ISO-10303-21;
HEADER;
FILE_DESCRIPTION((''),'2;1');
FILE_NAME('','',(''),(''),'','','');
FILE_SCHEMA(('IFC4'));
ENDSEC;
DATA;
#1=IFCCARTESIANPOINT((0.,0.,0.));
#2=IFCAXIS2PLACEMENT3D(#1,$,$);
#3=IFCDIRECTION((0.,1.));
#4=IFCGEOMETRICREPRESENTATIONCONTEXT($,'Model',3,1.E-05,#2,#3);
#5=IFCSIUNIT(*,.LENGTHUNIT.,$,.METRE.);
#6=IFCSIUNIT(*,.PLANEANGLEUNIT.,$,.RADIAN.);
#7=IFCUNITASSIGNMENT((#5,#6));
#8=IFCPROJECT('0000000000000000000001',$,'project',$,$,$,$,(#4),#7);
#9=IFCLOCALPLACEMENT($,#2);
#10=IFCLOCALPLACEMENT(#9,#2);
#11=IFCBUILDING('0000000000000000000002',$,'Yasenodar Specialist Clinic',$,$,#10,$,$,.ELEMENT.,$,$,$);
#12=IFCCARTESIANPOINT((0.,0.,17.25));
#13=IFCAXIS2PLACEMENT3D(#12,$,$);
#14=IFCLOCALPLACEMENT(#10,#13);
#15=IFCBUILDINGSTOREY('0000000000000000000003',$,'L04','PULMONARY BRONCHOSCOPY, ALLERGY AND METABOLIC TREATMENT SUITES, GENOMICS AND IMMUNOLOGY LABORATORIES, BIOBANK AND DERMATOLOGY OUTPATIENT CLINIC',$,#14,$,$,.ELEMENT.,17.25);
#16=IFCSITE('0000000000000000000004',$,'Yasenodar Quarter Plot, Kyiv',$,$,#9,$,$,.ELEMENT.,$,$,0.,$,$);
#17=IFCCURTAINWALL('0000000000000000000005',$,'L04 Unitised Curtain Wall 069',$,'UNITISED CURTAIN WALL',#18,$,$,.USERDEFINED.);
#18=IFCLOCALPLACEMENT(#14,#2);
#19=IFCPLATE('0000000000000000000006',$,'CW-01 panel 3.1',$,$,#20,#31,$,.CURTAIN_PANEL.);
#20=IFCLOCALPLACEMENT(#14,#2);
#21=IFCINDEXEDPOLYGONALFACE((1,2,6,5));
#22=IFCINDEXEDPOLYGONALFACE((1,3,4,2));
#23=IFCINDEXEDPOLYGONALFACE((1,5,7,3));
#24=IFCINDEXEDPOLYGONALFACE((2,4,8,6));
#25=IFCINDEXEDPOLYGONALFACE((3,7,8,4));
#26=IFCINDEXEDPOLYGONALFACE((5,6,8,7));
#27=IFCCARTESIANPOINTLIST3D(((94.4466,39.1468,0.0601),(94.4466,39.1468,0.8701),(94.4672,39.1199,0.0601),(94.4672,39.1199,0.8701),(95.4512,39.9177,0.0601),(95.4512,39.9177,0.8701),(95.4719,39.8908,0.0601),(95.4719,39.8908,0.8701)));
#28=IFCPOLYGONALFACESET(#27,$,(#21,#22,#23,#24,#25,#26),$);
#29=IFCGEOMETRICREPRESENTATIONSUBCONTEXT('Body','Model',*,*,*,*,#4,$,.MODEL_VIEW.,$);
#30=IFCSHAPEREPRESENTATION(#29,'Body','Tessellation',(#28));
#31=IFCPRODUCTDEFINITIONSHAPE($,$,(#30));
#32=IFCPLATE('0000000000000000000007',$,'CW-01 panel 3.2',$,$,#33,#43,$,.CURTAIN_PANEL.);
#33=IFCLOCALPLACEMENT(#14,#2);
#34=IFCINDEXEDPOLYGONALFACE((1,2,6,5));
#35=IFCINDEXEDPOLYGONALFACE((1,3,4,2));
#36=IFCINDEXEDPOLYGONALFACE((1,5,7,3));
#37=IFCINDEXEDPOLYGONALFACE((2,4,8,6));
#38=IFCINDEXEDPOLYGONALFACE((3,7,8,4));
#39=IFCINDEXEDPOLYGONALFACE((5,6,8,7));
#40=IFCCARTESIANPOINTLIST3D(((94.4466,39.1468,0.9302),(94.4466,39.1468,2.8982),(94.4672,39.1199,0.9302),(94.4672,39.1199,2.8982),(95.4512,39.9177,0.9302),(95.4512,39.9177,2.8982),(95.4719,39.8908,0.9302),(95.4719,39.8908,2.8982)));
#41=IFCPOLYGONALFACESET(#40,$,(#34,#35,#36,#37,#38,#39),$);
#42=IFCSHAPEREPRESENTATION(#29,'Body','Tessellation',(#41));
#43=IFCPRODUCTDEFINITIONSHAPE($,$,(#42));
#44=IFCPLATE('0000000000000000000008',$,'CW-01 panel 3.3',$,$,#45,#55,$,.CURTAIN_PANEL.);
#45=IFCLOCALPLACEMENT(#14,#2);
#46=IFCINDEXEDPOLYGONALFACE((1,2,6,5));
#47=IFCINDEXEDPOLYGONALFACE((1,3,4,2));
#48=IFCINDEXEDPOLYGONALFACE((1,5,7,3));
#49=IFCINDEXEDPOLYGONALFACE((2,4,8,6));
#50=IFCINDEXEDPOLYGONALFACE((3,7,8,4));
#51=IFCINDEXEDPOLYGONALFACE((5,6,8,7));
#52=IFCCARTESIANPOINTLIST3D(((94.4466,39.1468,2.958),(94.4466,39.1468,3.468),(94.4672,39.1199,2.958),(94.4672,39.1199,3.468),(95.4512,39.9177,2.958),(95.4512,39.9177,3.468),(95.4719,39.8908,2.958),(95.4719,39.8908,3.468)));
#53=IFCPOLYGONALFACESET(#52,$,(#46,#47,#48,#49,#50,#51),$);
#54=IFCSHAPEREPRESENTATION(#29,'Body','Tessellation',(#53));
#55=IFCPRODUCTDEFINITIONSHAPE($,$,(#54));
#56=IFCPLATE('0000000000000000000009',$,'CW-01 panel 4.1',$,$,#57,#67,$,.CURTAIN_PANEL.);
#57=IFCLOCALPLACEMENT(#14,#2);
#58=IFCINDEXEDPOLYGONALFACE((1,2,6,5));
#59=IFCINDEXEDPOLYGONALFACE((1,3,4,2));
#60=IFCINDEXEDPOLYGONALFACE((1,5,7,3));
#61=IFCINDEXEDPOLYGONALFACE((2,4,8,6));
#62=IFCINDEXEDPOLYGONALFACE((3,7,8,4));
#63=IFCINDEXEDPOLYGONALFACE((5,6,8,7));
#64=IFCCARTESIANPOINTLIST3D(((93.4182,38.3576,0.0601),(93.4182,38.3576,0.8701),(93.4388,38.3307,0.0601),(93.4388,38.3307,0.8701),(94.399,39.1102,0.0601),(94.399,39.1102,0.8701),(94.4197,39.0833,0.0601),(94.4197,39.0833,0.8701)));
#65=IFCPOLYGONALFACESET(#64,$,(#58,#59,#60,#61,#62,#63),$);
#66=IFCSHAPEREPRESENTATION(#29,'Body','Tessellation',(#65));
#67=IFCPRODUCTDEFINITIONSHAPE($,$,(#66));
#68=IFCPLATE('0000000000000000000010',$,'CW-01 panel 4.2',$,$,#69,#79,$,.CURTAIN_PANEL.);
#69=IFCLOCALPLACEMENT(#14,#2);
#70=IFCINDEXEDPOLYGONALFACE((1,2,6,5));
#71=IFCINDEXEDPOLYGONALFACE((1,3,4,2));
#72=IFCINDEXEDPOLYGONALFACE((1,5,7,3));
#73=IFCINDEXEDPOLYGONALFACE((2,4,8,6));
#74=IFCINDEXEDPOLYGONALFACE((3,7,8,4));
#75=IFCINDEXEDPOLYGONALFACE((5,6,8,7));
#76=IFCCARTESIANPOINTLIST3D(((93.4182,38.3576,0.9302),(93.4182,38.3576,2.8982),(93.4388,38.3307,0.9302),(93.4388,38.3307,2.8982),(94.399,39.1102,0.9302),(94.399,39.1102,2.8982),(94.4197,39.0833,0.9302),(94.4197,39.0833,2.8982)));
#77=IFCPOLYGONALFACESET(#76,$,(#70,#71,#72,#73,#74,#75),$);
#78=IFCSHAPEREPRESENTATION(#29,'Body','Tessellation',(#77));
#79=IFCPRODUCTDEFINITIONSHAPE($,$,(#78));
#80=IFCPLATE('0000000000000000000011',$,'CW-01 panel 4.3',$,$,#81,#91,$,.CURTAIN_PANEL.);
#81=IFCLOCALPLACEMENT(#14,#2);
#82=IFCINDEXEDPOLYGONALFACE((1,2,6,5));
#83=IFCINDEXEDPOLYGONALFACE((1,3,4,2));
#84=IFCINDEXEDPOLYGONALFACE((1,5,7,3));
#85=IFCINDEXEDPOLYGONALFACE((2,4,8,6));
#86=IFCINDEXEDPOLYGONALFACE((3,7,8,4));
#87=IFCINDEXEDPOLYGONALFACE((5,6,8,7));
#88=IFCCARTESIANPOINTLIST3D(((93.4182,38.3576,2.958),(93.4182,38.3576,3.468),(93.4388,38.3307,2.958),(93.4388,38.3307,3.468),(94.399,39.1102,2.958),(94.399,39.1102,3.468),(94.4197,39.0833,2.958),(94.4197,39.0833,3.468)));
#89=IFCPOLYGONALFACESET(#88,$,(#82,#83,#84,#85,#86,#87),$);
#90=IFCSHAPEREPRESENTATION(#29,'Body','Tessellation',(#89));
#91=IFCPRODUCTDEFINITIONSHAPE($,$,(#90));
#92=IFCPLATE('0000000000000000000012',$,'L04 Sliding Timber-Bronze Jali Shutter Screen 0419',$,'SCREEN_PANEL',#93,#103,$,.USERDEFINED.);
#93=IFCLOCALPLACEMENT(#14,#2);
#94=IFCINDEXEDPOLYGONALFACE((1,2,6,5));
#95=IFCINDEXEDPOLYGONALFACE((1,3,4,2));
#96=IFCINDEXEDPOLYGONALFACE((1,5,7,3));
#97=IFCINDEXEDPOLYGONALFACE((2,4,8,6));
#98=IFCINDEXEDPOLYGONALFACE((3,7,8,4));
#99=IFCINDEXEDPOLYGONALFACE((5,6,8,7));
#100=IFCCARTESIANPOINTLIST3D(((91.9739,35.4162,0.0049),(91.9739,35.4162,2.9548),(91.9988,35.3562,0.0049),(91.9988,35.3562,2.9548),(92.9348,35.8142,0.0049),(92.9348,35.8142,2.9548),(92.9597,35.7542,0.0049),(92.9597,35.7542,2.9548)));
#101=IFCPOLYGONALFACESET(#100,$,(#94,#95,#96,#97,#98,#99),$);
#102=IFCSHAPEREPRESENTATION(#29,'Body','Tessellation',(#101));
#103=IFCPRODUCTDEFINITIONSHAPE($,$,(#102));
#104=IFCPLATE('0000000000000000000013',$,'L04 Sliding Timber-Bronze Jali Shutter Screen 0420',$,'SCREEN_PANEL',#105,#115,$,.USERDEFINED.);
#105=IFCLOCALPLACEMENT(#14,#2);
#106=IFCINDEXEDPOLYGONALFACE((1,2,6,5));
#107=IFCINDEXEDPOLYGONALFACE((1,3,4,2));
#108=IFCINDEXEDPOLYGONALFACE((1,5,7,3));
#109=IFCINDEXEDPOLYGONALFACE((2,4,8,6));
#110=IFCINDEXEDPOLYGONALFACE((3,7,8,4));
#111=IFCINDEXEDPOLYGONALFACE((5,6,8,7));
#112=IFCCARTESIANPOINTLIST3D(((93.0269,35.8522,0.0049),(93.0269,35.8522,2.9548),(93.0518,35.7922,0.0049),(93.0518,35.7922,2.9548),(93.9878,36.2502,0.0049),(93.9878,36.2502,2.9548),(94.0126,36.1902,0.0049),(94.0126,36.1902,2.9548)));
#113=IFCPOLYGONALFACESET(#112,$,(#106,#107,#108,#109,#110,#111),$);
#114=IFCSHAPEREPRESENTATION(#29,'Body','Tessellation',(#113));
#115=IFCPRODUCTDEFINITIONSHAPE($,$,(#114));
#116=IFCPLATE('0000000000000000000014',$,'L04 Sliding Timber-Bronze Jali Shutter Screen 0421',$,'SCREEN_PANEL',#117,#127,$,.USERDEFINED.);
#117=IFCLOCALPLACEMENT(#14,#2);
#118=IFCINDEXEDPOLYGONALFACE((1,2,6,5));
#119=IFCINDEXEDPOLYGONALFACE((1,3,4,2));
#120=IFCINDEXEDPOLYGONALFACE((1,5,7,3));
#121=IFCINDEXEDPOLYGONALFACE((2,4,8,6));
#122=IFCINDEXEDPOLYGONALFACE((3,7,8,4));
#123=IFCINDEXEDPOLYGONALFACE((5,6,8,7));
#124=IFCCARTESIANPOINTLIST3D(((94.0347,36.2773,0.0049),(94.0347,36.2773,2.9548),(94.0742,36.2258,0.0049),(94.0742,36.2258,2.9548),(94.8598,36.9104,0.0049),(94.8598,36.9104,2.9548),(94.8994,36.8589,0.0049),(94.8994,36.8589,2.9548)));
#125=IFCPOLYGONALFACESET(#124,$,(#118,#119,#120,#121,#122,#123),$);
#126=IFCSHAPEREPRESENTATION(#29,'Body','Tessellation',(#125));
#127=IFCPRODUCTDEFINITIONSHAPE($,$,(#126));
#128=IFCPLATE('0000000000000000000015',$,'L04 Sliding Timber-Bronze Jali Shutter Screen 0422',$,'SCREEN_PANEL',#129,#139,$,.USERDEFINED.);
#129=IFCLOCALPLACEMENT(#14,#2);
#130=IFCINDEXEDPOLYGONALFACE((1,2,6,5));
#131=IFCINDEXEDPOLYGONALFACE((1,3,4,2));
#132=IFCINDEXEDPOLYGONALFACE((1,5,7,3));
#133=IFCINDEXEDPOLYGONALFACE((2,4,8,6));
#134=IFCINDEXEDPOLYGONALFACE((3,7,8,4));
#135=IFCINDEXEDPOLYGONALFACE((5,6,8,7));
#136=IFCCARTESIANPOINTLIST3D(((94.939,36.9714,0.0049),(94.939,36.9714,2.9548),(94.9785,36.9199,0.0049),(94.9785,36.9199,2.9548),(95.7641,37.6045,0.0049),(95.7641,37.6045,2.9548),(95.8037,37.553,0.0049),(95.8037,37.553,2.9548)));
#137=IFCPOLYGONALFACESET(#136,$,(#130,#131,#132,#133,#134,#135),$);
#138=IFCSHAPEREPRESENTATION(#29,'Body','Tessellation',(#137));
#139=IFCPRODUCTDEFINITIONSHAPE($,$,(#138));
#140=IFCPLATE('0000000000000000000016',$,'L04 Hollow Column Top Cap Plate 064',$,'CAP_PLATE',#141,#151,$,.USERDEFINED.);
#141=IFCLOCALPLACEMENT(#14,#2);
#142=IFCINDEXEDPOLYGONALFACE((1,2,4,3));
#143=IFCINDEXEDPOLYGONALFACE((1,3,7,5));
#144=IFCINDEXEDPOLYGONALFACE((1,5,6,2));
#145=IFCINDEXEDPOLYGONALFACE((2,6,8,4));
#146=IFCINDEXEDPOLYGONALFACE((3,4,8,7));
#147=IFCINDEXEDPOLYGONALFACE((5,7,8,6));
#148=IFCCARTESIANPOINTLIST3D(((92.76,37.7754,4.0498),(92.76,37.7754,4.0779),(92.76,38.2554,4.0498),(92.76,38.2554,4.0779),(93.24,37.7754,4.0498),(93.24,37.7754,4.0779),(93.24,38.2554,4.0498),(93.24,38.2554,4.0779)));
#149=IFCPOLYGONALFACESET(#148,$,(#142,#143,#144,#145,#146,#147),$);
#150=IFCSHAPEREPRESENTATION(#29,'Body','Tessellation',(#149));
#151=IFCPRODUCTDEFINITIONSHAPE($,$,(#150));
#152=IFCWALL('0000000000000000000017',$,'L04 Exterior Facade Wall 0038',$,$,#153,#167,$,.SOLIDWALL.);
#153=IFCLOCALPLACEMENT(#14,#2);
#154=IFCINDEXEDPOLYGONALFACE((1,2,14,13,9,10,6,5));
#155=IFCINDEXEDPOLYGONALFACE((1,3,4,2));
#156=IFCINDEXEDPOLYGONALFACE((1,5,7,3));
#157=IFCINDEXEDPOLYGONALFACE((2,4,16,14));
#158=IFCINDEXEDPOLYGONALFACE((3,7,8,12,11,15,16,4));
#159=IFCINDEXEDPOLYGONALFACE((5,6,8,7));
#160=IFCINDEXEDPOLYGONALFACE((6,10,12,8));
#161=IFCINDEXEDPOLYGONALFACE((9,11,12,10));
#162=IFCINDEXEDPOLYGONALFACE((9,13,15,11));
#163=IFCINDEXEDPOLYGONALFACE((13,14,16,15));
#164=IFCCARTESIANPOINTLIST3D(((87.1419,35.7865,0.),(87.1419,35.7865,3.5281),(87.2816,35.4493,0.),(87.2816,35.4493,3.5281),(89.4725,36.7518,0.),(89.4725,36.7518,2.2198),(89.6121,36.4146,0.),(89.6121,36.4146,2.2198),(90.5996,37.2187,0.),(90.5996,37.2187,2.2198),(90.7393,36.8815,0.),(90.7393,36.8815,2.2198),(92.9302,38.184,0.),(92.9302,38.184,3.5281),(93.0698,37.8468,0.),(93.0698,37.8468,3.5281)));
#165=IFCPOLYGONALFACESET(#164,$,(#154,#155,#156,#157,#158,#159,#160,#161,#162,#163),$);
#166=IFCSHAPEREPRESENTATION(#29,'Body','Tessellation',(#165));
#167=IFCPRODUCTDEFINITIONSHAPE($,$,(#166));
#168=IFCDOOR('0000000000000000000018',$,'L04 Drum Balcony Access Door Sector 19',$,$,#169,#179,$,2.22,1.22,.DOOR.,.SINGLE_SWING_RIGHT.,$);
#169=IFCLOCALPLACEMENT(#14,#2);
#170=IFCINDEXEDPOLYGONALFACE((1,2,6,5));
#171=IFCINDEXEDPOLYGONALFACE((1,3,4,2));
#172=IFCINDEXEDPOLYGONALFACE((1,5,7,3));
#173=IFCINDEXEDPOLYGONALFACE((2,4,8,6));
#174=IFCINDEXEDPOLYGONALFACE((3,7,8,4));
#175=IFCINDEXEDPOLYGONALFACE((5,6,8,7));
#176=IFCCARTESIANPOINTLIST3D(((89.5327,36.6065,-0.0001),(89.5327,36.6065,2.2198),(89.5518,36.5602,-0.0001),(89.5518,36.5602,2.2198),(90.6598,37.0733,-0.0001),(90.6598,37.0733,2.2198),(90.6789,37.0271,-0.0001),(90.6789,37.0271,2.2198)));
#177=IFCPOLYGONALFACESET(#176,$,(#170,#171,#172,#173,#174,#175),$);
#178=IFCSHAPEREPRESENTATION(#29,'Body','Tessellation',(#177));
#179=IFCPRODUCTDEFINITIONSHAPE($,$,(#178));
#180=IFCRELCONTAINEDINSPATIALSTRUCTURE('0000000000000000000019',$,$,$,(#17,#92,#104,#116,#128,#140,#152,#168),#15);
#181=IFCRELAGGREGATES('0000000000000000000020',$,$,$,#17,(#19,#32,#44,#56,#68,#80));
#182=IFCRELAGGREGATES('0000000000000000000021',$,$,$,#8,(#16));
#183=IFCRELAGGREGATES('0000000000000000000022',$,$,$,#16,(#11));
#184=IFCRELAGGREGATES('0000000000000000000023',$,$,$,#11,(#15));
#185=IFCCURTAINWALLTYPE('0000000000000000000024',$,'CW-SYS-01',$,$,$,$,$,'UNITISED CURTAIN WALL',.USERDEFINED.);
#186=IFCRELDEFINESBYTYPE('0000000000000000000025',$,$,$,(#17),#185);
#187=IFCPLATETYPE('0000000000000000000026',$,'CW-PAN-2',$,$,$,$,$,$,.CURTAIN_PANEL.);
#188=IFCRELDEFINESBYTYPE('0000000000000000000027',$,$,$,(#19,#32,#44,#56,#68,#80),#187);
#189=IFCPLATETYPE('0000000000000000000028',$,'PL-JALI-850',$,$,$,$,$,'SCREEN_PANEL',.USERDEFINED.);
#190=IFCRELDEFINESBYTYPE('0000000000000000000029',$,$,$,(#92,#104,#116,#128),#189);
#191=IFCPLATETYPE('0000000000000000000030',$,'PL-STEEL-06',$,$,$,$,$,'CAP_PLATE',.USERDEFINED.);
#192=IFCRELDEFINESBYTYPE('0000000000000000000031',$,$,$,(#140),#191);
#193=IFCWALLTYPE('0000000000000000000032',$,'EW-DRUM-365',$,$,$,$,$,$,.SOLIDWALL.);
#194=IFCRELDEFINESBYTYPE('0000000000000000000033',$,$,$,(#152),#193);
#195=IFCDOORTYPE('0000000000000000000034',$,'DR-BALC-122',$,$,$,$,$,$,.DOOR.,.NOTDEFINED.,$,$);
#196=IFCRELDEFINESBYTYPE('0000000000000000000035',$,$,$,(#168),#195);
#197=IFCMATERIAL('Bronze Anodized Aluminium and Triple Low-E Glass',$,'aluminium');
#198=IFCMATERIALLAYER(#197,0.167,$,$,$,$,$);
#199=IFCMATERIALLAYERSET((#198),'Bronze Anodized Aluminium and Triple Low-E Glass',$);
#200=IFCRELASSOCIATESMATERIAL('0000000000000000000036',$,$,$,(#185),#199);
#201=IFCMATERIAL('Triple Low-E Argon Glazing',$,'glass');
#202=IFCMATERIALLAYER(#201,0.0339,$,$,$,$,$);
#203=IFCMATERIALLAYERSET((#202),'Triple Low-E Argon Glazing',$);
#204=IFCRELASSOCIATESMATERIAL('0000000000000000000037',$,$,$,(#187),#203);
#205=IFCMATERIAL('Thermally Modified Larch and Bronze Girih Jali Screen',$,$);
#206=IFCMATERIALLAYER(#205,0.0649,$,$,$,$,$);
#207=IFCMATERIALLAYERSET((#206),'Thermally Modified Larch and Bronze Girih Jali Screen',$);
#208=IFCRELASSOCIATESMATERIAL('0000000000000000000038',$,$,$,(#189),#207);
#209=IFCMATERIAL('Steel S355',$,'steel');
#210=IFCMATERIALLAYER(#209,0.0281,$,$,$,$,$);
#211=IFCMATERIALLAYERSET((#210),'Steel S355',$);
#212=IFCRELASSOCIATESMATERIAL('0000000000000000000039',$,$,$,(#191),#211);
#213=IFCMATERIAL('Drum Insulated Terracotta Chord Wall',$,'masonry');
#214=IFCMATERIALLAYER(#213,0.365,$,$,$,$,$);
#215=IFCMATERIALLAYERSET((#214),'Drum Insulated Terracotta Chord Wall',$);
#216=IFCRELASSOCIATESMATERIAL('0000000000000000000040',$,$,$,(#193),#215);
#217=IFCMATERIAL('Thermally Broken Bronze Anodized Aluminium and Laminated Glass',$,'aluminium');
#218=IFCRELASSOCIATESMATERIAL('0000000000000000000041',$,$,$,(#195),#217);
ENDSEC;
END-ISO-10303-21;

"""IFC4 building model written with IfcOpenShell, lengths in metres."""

from ifc_helpers import new_model, si_unit, direction, frame, frame_2d, origin, origin_2d, place, context, subcontext, project, spatial, rectangle, extrude, material, layer, layer_set, type_object, element, fill, aggregate, save


model = new_model("IFC4")

# Units and contexts
model_context = context("Model", 3, precision=1e-05, world=origin(), true_north=direction((0.0, 1.0)))
body_context = subcontext(model_context, "Body", "Model", "MODEL_VIEW")
ifc_project = project(units=[si_unit("LENGTHUNIT", "METRE"), si_unit("PLANEANGLEUNIT", "RADIAN")], contexts=[model_context])

# Site, building, storey
site_placement = place(None, origin())
site = spatial("IfcSite", under=ifc_project, at=site_placement, Name="Yasenodar Quarter Plot, Kyiv", CompositionType="ELEMENT", RefElevation=0.0)
building_placement = place(site_placement, origin())
building = spatial("IfcBuilding", under=site, at=building_placement, Name="Yasenodar Specialist Clinic", CompositionType="ELEMENT")
storey_placement = place(building_placement, frame((0.0, 0.0, 17.25)))
storey = spatial("IfcBuildingStorey", under=building, at=storey_placement, Name="L04", Description="PULMONARY BRONCHOSCOPY, ALLERGY AND METABOLIC TREATMENT SUITES, GENOMICS AND IMMUNOLOGY LABORATORIES, BIOBANK AND DERMATOLOGY OUTPATIENT CLINIC", CompositionType="ELEMENT", Elevation=17.25)

# Shared definitions
ifc_material_1 = material(Name="Steel S355", Category="steel")

# Curtain wall, plates
ifc_material_2 = material(Name="Bronze Anodized Aluminium and Triple Low-E Glass", Category="aluminium")
ifc_layer_1 = layer(ifc_material_2, 0.167)
ifc_layer_set_1 = layer_set([ifc_layer_1], Name="Bronze Anodized Aluminium and Triple Low-E Glass")
curtain_wall_type = type_object("IfcCurtainWallType", Name="CW-SYS-01", ElementType="UNITISED CURTAIN WALL", PredefinedType="USERDEFINED", material=ifc_layer_set_1)
curtain_wall_placement = place(storey_placement, origin())
curtain_wall = element("IfcCurtainWall", 1, at=curtain_wall_placement, inside=storey, type_object=curtain_wall_type, Name="L04 Unitised Curtain Wall 069", ObjectType="UNITISED CURTAIN WALL", PredefinedType="USERDEFINED")
ifc_material_3 = material(Name="Triple Low-E Argon Glazing", Category="glass")
ifc_layer_2 = layer(ifc_material_3, 0.0339)
ifc_layer_set_2 = layer_set([ifc_layer_2], Name="Triple Low-E Argon Glazing")
plate_type_1 = type_object("IfcPlateType", Name="CW-PAN-2", PredefinedType="CURTAIN_PANEL", material=ifc_layer_set_2)
plate_1_placement = place(storey_placement, frame((94.9592, 39.5188, 0.0601), z_axis=(0.0, 0.0, 1.0), x_axis=(-0.793361, -0.608752, 0.0)))
plate_1 = element("IfcPlate", 2, at=plate_1_placement, type_object=plate_type_1, Name="CW-01 panel 3.1", PredefinedType="CURTAIN_PANEL", context=body_context, shape_type="SweptSolid", body=[
    extrude(rectangle(XDim=1.2664, YDim=0.0339, at=origin_2d()), origin(), (0.0, 0.0, 1.0), 0.8101),
])
plate_2_placement = place(storey_placement, frame((94.9592, 39.5188, 0.9302), z_axis=(0.0, 0.0, 1.0), x_axis=(-0.793361, -0.608752, 0.0)))
plate_2 = element("IfcPlate", 3, at=plate_2_placement, type_object=plate_type_1, Name="CW-01 panel 3.2", PredefinedType="CURTAIN_PANEL", context=body_context, shape_type="SweptSolid", body=[
    extrude(rectangle(XDim=1.2664, YDim=0.0339, at=origin_2d()), origin(), (0.0, 0.0, 1.0), 1.968),
])
plate_3_placement = place(storey_placement, frame((94.9592, 39.5188, 2.958), z_axis=(0.0, 0.0, 1.0), x_axis=(-0.793361, -0.608752, 0.0)))
plate_3 = element("IfcPlate", 4, at=plate_3_placement, type_object=plate_type_1, Name="CW-01 panel 3.3", PredefinedType="CURTAIN_PANEL", context=body_context, shape_type="SweptSolid", body=[
    extrude(rectangle(XDim=1.2664, YDim=0.0339, at=origin_2d()), origin(), (0.0, 0.0, 1.0), 0.51),
])
plate_4_placement = place(storey_placement, frame((93.9189, 38.7205, 0.0601), z_axis=(0.0, 0.0, 1.0), x_axis=(-0.793361, -0.608752, 0.0)))
plate_4 = element("IfcPlate", 5, at=plate_4_placement, type_object=plate_type_1, Name="CW-01 panel 4.1", PredefinedType="CURTAIN_PANEL", context=body_context, shape_type="SweptSolid", body=[
    extrude(rectangle(XDim=1.2363, YDim=0.0339, at=origin_2d()), origin(), (0.0, 0.0, 1.0), 0.8101),
])
plate_5_placement = place(storey_placement, frame((93.9189, 38.7205, 0.9302), z_axis=(0.0, 0.0, 1.0), x_axis=(-0.793361, -0.608752, 0.0)))
plate_5 = element("IfcPlate", 6, at=plate_5_placement, type_object=plate_type_1, Name="CW-01 panel 4.2", PredefinedType="CURTAIN_PANEL", context=body_context, shape_type="SweptSolid", body=[
    extrude(rectangle(XDim=1.2363, YDim=0.0339, at=origin_2d()), origin(), (0.0, 0.0, 1.0), 1.968),
])
plate_6_placement = place(storey_placement, frame((93.9189, 38.7205, 2.958), z_axis=(0.0, 0.0, 1.0), x_axis=(-0.793361, -0.608752, 0.0)))
plate_6 = element("IfcPlate", 7, at=plate_6_placement, type_object=plate_type_1, Name="CW-01 panel 4.3", PredefinedType="CURTAIN_PANEL", context=body_context, shape_type="SweptSolid", body=[
    extrude(rectangle(XDim=1.2363, YDim=0.0339, at=origin_2d()), origin(), (0.0, 0.0, 1.0), 0.51),
])
aggregate(curtain_wall, [plate_1, plate_2, plate_3, plate_4, plate_5, plate_6])

# Plates
ifc_material_4 = material(Name="Thermally Modified Larch and Bronze Girih Jali Screen")
ifc_layer_3 = layer(ifc_material_4, 0.0649)
ifc_layer_set_3 = layer_set([ifc_layer_3], Name="Thermally Modified Larch and Bronze Girih Jali Screen")
plate_type_2 = type_object("IfcPlateType", Name="PL-JALI-850", ElementType="SCREEN_PANEL", PredefinedType="USERDEFINED", material=ifc_layer_set_3)
for number, where, z_axis, x_axis, name in (
    (8, (92.4668, 35.5852, 0.0049), (0.0, 0.0, 1.0), (0.923878, 0.382687, 0.0), "L04 Sliding Timber-Bronze Jali Shutter Screen 0419"),
    (9, (93.5198, 36.0212, 0.0049), (0.0, 0.0, 1.0), (0.923878, 0.382687, 0.0), "L04 Sliding Timber-Bronze Jali Shutter Screen 0420"),
    (10, (94.467, 36.5681, 0.0049), (0.0, 0.0, 1.0), (0.793351, 0.608764, 0.0), "L04 Sliding Timber-Bronze Jali Shutter Screen 0421"),
    (11, (95.3713, 37.2622, 0.0049), (0.0, 0.0, 1.0), (0.793351, 0.608764, 0.0), "L04 Sliding Timber-Bronze Jali Shutter Screen 0422"),
):
    element("IfcPlate", number, at=place(storey_placement, frame(where, z_axis=z_axis, x_axis=x_axis)), inside=storey, type_object=plate_type_2, Name=name, ObjectType="SCREEN_PANEL", PredefinedType="USERDEFINED", context=body_context, shape_type="SweptSolid", body=[
        extrude(rectangle(XDim=1.04, YDim=0.0649, at=origin_2d()), origin(), (0.0, 0.0, 1.0), 2.95),
    ])
ifc_layer_4 = layer(ifc_material_1, 0.0281)
ifc_layer_set_4 = layer_set([ifc_layer_4], Name="Steel S355")
plate_type_3 = type_object("IfcPlateType", Name="PL-STEEL-06", ElementType="CAP_PLATE", PredefinedType="USERDEFINED", material=ifc_layer_set_4)
plate_7_placement = place(storey_placement, frame((93.0, 38.0154, 4.0498), z_axis=(0.0, 0.0, 1.0), x_axis=(1.0, 0.0, 0.0)))
element("IfcPlate", 12, at=plate_7_placement, inside=storey, type_object=plate_type_3, Name="L04 Hollow Column Top Cap Plate 064", ObjectType="CAP_PLATE", PredefinedType="USERDEFINED", context=body_context, shape_type="SweptSolid", body=[
    extrude(rectangle(XDim=0.48, YDim=0.48, at=origin_2d()), origin(), (0.0, 0.0, 1.0), 0.0281),
])

# Wall, opening, door
ifc_material_5 = material(Name="Drum Insulated Terracotta Chord Wall", Category="masonry")
ifc_layer_5 = layer(ifc_material_5, 0.365)
ifc_layer_set_5 = layer_set([ifc_layer_5], Name="Drum Insulated Terracotta Chord Wall")
wall_type_1 = type_object("IfcWallType", Name="EW-DRUM-365", PredefinedType="SOLIDWALL", material=ifc_layer_set_5)
wall_1_placement = place(storey_placement, frame((93.0, 38.0154, 0.0), z_axis=(0.0, 0.0, 1.0), x_axis=(-0.923888, -0.382664, 0.0)))
wall_1 = element("IfcWall", 13, at=wall_1_placement, inside=storey, type_object=wall_type_1, Name="L04 Exterior Facade Wall 0038", PredefinedType="SOLIDWALL", context=body_context, shape_type="SweptSolid", body=[
    extrude(rectangle(XDim=6.2651, YDim=0.365, at=frame_2d((3.1326, 0.0))), origin(), (0.0, 0.0, 1.0), 3.5281),
])
opening_1_placement = place(wall_1_placement, frame((2.5227, 0.0, 0.0)))
opening_1 = element("IfcOpeningElement", 14, at=opening_1_placement, cuts=wall_1, PredefinedType="OPENING", context=body_context, shape_type="SweptSolid", body=[
    extrude(rectangle(XDim=1.22, YDim=2.22, at=frame_2d((0.6099, 1.1099))), frame((0.0, 0.1924, 0.0), z_axis=(0.0, -1.0, 0.0), x_axis=(1.0, 0.0, 0.0)), (0.0, 0.0, 1.0), 0.385),
])
ifc_material_6 = material(Name="Thermally Broken Bronze Anodized Aluminium and Laminated Glass", Category="aluminium")
door_type_1 = type_object("IfcDoorType", Name="DR-BALC-122", OperationType="NOTDEFINED", PredefinedType="DOOR", material=ifc_material_6)
door_1_placement = place(opening_1_placement, origin())
door_1 = element("IfcDoor", 15, at=door_1_placement, inside=storey, type_object=door_type_1, Name="L04 Drum Balcony Access Door Sector 19", OperationType="SINGLE_SWING_RIGHT", OverallHeight=2.22, OverallWidth=1.22, PredefinedType="DOOR", context=body_context, shape_type="SweptSolid", body=[
    extrude(rectangle(XDim=1.22, YDim=2.22, at=frame_2d((0.6099, 1.1099))), frame((0.0, 0.0249, 0.0), z_axis=(0.0, -1.0, 0.0), x_axis=(1.0, 0.0, 0.0)), (0.0, 0.0, 1.0), 0.05),
])
fill(opening_1, door_1)

save(model, "model.ifc")
